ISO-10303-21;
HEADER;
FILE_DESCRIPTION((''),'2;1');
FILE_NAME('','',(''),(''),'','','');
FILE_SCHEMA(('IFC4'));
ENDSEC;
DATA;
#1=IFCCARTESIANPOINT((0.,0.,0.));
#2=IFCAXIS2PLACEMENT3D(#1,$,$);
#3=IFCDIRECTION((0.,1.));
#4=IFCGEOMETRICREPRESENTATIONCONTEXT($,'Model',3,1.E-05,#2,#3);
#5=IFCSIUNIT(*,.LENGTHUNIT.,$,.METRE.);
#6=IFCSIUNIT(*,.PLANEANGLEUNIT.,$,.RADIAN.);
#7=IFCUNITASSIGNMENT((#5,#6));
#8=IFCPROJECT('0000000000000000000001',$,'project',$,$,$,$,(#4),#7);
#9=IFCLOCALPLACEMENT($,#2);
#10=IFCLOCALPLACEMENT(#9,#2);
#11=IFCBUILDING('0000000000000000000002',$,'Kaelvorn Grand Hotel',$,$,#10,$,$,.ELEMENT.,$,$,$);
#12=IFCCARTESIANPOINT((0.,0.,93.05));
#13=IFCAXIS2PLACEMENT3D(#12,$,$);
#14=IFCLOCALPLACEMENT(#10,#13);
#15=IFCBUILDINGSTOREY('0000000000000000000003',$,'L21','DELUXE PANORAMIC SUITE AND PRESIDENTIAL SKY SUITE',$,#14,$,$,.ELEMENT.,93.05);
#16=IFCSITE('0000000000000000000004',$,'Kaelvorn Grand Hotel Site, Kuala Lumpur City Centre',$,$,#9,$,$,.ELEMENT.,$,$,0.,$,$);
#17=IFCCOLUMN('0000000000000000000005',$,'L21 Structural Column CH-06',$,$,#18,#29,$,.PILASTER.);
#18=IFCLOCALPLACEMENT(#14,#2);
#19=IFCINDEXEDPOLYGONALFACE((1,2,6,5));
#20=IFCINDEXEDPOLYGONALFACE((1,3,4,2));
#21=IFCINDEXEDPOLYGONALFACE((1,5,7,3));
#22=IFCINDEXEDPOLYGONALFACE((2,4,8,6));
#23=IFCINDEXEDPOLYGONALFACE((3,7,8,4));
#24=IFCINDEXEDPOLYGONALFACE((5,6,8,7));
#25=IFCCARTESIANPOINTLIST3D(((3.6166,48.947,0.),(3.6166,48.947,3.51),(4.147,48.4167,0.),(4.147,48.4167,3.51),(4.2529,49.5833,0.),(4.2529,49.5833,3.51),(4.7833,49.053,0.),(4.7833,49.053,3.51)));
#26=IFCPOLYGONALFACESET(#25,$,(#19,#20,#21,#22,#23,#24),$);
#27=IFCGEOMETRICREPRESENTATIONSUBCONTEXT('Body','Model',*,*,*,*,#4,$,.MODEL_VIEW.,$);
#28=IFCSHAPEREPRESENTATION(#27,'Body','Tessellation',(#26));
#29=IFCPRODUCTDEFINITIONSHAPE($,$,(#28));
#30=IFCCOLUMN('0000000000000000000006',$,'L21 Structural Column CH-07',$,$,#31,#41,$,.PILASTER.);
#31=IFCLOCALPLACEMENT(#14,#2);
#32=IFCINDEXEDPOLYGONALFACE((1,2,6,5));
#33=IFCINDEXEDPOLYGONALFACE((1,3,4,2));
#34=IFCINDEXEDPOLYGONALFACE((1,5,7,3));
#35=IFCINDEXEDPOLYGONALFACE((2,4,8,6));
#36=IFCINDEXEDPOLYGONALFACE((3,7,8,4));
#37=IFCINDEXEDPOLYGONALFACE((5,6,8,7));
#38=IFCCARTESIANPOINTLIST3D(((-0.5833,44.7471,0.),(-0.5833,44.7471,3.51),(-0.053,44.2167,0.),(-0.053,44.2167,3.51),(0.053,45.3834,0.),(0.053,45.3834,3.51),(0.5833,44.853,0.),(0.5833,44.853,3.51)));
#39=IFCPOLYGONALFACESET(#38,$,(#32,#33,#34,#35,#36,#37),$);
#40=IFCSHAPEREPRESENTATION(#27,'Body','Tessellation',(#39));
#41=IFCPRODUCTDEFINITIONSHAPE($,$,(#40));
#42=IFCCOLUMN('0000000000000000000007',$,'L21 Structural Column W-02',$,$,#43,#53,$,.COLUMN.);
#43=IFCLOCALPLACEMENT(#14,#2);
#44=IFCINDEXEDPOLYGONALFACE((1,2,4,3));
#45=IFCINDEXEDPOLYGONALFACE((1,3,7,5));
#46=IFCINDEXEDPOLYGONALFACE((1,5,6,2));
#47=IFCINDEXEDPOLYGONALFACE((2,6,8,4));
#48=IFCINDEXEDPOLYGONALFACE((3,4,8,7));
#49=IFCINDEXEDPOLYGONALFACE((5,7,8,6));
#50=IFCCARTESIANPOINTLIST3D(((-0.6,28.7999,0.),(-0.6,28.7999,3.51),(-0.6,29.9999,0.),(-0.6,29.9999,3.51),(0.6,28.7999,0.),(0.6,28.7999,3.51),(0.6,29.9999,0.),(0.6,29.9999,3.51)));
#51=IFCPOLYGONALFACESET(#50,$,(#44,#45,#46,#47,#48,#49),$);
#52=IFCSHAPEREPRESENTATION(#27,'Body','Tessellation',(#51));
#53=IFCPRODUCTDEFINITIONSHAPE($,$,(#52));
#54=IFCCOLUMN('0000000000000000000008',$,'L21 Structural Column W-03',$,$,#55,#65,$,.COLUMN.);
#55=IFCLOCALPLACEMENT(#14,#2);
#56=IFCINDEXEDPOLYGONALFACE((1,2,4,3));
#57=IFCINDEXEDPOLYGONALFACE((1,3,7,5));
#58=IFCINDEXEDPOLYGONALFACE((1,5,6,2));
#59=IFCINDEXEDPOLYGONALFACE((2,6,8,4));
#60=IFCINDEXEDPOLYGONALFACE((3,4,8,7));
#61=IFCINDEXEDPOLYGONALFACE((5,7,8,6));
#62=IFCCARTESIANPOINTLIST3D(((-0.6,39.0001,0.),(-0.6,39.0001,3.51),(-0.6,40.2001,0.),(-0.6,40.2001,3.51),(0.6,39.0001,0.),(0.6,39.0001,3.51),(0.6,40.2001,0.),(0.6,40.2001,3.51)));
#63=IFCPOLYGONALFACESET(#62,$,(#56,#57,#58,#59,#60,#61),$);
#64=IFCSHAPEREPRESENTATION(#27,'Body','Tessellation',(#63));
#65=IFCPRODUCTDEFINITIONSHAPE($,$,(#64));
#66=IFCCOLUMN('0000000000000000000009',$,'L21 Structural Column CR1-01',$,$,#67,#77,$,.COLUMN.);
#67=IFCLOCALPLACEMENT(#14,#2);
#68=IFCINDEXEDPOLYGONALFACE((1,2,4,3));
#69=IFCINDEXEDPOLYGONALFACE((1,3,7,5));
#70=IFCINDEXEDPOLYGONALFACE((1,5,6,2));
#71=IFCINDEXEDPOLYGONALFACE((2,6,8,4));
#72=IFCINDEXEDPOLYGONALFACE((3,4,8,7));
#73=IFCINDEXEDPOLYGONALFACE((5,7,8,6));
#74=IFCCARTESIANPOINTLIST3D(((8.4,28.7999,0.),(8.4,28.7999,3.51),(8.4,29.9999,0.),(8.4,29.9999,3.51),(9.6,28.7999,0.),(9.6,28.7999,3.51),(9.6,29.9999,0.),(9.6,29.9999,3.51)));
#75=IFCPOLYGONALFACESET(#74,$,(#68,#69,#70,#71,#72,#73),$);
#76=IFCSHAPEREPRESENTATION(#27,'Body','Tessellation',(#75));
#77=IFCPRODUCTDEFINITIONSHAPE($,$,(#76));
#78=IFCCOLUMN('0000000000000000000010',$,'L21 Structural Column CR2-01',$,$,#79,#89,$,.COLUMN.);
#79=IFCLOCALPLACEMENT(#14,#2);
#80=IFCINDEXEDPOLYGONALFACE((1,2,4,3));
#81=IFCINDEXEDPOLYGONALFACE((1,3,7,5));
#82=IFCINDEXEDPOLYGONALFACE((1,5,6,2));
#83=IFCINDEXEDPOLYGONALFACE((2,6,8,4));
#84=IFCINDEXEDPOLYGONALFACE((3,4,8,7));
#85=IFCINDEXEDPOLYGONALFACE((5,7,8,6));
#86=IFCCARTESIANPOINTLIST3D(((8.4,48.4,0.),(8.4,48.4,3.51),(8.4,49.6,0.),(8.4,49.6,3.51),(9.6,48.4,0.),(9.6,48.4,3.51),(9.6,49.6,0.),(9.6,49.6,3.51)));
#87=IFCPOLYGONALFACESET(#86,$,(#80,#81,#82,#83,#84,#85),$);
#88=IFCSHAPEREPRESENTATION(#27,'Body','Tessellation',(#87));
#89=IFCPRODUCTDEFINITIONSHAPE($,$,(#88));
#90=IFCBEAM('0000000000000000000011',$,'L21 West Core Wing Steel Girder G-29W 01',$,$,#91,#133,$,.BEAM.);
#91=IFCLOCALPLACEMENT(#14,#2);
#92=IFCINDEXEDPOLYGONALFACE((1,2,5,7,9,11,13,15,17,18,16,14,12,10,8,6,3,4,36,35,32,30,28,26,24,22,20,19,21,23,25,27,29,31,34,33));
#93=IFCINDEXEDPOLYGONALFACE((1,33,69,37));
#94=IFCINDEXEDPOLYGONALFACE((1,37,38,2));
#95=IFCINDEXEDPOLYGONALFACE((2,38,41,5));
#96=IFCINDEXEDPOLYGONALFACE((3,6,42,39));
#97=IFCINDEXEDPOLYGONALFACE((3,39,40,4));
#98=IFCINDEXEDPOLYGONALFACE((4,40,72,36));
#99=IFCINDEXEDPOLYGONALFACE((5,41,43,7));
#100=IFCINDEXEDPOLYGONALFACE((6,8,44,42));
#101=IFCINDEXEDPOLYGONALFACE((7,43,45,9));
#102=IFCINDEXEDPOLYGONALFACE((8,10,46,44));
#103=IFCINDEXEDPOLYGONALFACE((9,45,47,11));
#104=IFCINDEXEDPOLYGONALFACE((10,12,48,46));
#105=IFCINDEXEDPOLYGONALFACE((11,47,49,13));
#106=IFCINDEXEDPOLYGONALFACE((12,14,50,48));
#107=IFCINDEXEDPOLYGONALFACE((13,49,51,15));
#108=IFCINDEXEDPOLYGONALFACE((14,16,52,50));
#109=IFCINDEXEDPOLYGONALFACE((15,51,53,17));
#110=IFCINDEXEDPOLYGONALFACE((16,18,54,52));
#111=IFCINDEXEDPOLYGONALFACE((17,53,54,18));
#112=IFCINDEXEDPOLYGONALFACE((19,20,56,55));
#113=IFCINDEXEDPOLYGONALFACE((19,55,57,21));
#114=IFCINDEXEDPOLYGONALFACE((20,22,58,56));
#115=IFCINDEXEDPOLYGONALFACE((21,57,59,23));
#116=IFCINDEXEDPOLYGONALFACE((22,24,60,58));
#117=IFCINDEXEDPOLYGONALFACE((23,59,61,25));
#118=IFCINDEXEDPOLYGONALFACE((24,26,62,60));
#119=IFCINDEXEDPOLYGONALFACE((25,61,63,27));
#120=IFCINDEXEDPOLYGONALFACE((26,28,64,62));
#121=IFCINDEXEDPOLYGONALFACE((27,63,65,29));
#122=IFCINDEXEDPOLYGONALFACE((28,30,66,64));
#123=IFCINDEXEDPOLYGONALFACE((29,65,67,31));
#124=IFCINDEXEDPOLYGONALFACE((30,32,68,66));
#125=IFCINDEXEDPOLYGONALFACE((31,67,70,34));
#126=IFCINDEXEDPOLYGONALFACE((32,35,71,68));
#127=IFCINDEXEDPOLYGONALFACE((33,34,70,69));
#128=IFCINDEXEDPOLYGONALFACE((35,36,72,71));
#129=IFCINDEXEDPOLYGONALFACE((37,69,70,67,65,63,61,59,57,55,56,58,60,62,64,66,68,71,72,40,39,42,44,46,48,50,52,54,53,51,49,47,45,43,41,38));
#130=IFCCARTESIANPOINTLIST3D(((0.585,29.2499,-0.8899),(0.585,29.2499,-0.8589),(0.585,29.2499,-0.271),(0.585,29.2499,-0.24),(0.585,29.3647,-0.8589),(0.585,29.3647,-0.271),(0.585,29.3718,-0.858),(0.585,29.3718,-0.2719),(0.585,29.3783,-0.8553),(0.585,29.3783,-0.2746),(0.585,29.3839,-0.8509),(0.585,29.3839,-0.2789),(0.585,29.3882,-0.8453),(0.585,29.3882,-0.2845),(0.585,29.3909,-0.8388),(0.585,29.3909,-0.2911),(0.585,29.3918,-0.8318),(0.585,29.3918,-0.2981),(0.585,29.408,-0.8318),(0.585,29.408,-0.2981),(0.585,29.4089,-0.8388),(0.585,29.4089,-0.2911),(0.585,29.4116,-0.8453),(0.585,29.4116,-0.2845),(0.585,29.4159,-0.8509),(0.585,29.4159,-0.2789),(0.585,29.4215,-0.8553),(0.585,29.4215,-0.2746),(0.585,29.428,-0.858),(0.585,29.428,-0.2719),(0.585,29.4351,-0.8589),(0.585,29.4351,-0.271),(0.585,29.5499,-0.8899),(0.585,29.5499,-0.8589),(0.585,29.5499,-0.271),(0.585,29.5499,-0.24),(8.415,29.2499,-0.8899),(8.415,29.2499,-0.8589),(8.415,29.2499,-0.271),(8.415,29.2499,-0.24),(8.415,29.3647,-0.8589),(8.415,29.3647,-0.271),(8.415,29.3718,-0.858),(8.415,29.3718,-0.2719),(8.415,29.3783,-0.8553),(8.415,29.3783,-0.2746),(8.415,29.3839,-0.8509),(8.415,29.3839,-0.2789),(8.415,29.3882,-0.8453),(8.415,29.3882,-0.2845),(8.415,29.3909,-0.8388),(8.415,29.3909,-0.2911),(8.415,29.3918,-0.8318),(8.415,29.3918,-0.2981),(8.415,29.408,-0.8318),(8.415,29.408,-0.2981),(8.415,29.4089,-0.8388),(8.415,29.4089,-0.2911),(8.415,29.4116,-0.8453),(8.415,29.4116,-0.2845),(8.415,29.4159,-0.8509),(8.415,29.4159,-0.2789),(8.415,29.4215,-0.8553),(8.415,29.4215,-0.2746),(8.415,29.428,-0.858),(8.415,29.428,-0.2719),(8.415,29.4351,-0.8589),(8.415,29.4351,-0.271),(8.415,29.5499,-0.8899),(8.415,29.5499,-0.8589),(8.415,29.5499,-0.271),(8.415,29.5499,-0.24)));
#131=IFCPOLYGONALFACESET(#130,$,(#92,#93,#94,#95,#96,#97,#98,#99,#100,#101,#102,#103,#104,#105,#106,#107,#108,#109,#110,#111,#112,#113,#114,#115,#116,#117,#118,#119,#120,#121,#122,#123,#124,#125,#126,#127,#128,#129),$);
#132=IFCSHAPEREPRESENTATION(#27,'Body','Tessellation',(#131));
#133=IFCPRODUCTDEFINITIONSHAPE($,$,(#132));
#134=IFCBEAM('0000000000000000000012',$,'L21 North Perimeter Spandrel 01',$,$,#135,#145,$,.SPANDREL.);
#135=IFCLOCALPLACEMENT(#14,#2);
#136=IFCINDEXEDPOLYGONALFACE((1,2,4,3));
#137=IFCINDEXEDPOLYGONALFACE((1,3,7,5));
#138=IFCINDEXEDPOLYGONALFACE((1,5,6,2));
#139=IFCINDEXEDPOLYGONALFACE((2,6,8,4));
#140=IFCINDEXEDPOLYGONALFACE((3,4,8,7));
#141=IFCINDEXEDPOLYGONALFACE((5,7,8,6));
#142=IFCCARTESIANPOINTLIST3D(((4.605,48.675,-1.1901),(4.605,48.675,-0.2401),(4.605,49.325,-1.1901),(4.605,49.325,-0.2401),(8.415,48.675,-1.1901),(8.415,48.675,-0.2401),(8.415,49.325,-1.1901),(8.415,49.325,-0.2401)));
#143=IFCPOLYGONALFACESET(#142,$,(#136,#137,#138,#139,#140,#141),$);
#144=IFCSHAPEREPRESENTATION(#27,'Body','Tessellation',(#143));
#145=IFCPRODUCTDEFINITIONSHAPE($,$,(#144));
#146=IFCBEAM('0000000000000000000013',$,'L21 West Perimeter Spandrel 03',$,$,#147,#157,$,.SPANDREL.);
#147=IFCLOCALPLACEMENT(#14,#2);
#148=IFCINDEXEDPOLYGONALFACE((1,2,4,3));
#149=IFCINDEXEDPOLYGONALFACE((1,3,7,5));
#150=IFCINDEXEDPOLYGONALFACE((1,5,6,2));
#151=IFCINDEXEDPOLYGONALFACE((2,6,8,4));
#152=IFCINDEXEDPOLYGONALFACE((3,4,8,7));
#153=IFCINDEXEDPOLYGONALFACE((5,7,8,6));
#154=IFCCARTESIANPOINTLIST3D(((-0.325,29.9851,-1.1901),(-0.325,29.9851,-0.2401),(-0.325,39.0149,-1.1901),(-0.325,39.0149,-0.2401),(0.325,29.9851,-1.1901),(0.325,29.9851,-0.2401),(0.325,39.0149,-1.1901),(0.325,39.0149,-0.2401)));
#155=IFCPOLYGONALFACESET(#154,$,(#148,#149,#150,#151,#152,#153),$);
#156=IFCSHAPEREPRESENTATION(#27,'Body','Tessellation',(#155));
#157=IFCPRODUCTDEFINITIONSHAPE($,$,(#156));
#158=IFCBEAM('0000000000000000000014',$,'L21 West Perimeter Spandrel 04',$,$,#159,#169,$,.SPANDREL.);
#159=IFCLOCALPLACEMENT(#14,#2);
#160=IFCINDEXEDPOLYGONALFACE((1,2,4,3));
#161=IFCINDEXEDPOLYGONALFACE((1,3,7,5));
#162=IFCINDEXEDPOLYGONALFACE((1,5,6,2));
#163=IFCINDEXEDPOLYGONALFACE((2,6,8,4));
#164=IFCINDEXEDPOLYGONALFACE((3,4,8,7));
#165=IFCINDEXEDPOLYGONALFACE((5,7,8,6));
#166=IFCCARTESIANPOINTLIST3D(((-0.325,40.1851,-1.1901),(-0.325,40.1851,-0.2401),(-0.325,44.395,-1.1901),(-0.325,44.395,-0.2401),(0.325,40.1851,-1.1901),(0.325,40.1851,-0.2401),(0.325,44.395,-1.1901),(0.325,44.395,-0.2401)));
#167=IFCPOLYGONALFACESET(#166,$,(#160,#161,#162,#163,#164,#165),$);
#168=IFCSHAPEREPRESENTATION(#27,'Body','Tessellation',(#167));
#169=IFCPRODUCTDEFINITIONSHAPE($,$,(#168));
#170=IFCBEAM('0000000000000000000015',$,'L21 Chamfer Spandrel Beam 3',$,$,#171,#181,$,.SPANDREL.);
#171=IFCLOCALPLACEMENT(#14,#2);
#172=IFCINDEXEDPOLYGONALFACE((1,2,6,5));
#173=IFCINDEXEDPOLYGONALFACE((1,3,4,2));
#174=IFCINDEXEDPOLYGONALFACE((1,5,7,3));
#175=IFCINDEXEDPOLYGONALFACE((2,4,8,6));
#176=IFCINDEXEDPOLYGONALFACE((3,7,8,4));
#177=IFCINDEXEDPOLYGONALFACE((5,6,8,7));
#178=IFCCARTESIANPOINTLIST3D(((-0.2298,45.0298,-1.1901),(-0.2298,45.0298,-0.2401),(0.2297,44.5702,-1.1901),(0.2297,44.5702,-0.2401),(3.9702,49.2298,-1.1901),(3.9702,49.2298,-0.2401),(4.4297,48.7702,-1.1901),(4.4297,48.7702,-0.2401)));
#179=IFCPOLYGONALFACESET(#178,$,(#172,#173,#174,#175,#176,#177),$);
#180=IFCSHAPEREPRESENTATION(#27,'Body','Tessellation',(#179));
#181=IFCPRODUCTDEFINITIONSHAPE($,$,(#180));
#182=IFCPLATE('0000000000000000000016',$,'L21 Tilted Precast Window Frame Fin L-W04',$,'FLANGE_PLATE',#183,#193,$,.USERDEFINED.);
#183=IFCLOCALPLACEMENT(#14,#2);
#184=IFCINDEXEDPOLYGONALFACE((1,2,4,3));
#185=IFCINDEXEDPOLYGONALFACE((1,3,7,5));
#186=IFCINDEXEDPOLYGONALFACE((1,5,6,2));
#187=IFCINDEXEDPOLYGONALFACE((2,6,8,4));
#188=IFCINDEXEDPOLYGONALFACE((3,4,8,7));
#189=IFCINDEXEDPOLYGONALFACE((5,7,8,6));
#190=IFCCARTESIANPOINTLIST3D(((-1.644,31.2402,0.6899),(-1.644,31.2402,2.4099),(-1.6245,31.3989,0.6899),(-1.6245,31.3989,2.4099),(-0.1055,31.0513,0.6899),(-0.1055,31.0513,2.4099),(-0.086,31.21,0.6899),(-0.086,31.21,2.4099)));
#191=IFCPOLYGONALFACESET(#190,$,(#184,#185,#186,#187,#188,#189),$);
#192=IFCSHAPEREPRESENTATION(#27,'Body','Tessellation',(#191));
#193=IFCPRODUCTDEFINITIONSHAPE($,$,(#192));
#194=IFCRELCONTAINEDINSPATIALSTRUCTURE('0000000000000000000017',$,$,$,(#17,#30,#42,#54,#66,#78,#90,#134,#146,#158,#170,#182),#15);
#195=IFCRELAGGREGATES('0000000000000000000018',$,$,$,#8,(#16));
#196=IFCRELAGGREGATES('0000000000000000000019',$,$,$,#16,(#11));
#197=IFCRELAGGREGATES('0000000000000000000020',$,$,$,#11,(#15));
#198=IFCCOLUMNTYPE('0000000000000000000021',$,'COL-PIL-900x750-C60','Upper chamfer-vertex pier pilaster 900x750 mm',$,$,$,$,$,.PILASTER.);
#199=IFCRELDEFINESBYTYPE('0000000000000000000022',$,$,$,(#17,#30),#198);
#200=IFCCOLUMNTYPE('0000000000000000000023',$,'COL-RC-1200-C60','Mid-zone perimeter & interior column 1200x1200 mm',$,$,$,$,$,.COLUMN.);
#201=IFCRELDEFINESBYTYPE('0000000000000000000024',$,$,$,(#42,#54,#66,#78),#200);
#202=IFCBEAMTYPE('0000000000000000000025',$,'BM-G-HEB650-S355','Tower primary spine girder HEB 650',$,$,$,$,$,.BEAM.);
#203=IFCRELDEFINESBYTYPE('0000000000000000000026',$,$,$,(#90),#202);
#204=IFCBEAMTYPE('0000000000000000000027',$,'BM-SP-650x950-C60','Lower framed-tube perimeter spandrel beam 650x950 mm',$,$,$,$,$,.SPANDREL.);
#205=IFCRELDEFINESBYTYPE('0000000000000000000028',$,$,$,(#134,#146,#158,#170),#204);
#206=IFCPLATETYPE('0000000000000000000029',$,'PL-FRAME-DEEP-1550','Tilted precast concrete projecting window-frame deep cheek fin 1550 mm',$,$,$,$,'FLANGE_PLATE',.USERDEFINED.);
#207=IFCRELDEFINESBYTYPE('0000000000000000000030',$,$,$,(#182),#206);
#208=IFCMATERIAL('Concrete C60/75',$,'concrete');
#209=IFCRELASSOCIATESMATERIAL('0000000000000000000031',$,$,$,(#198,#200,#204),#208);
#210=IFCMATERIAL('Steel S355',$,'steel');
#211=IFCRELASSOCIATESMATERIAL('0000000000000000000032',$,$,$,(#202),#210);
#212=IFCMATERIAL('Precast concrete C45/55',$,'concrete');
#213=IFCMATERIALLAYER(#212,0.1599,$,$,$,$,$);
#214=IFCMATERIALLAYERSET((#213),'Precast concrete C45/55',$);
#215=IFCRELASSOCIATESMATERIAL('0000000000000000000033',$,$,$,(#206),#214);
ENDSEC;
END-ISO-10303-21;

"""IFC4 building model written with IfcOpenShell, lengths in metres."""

from ifc_helpers import new_model, si_unit, direction, frame, origin, origin_2d, place, context, subcontext, project, spatial, rectangle, i_section, extrude, material, layer, layer_set, material_profile, profile_set, type_object, element, save


model = new_model("IFC4")

# Units and contexts
model_context = context("Model", 3, precision=1e-05, world=origin(), true_north=direction((0.0, 1.0)))
body_context = subcontext(model_context, "Body", "Model", "MODEL_VIEW")
ifc_project = project(units=[si_unit("LENGTHUNIT", "METRE"), si_unit("PLANEANGLEUNIT", "RADIAN")], contexts=[model_context])

# Site, building, storey
site_placement = place(None, origin())
site = spatial("IfcSite", under=ifc_project, at=site_placement, Name="Kaelvorn Grand Hotel Site, Kuala Lumpur City Centre", CompositionType="ELEMENT", RefElevation=0.0)
building_placement = place(site_placement, origin())
building = spatial("IfcBuilding", under=site, at=building_placement, Name="Kaelvorn Grand Hotel", CompositionType="ELEMENT")
storey_placement = place(building_placement, frame((0.0, 0.0, 93.05)))
storey = spatial("IfcBuildingStorey", under=building, at=storey_placement, Name="L21", Description="DELUXE PANORAMIC SUITE AND PRESIDENTIAL SKY SUITE", CompositionType="ELEMENT", Elevation=93.05)

# Columns
ifc_material_1 = material(Name="Concrete C60/75", Category="concrete")
ifc_material_profile_1 = material_profile(ifc_material_1, rectangle(XDim=0.8999, YDim=0.75, at=origin_2d()), Name="RC PILASTER 900x750")
ifc_profile_set_1 = profile_set([ifc_material_profile_1], Name="Concrete C60/75")
column_type_1 = type_object("IfcColumnType", Name="COL-PIL-900x750-C60", Description="Upper chamfer-vertex pier pilaster 900x750 mm", PredefinedType="PILASTER", material=ifc_profile_set_1)
for number, where, z_axis, x_axis, name in (
    (1, (4.2, 49.0, 0.0), (0.0, 0.0, 1.0), (0.707107, 0.707107, 0.0), "L21 Structural Column CH-06"),
    (2, (0.0, 44.8, 0.0), (0.0, 0.0, 1.0), (0.707107, 0.707107, 0.0), "L21 Structural Column CH-07"),
):
    element("IfcColumn", number, at=place(storey_placement, frame(where, z_axis=z_axis, x_axis=x_axis)), inside=storey, type_object=column_type_1, Name=name, PredefinedType="PILASTER", context=body_context, shape_type="SweptSolid", body=[
        extrude(rectangle(XDim=0.8999, YDim=0.75, at=origin_2d()), origin(), (0.0, 0.0, 1.0), 3.51),
    ])
ifc_material_profile_2 = material_profile(ifc_material_1, rectangle(XDim=1.2, YDim=1.2, at=origin_2d()), Name="RC COL 1200x1200")
ifc_profile_set_2 = profile_set([ifc_material_profile_2], Name="Concrete C60/75")
column_type_2 = type_object("IfcColumnType", Name="COL-RC-1200-C60", Description="Mid-zone perimeter & interior column 1200x1200 mm", PredefinedType="COLUMN", material=ifc_profile_set_2)
for number, where, z_axis, x_axis, name in (
    (3, (0.0, 29.3999, 0.0), (0.0, 0.0, 1.0), (1.0, 0.0, 0.0), "L21 Structural Column W-02"),
    (4, (0.0, 39.6001, 0.0), (0.0, 0.0, 1.0), (1.0, 0.0, 0.0), "L21 Structural Column W-03"),
    (5, (9.0, 29.3999, 0.0), (0.0, 0.0, 1.0), (1.0, 0.0, 0.0), "L21 Structural Column CR1-01"),
    (6, (9.0, 49.0, 0.0), (0.0, 0.0, 1.0), (1.0, 0.0, 0.0), "L21 Structural Column CR2-01"),
):
    element("IfcColumn", number, at=place(storey_placement, frame(where, z_axis=z_axis, x_axis=x_axis)), inside=storey, type_object=column_type_2, Name=name, PredefinedType="COLUMN", context=body_context, shape_type="SweptSolid", body=[
        extrude(rectangle(XDim=1.2, YDim=1.2, at=origin_2d()), origin(), (0.0, 0.0, 1.0), 3.51),
    ])

# Beams
ifc_material_2 = material(Name="Steel S355", Category="steel")
ifc_material_profile_3 = material_profile(ifc_material_2, i_section(OverallWidth=0.3, OverallDepth=0.6499, WebThickness=0.0161, FlangeThickness=0.031, FilletRadius=0.0271, at=origin_2d()), Name="HEB 650")
ifc_profile_set_3 = profile_set([ifc_material_profile_3], Name="Steel S355")
beam_type_1 = type_object("IfcBeamType", Name="BM-G-HEB650-S355", Description="Tower primary spine girder HEB 650", PredefinedType="BEAM", material=ifc_profile_set_3)
beam_1_placement = place(storey_placement, frame((0.585, 29.3999, -0.5649), z_axis=(1.0, 0.0, 0.0), x_axis=(0.0, 1.0, 0.0)))
element("IfcBeam", 7, at=beam_1_placement, inside=storey, type_object=beam_type_1, Name="L21 West Core Wing Steel Girder G-29W 01", PredefinedType="BEAM", context=body_context, shape_type="SweptSolid", body=[
    extrude(i_section(OverallWidth=0.3, OverallDepth=0.6499, WebThickness=0.0161, FlangeThickness=0.031, FilletRadius=0.0271, at=origin_2d()), origin(), (0.0, 0.0, 1.0), 7.8301),
])
ifc_material_profile_4 = material_profile(ifc_material_1, rectangle(XDim=0.6499, YDim=0.95, at=origin_2d()), Name="RC SPANDREL 650x950")
ifc_profile_set_4 = profile_set([ifc_material_profile_4], Name="Concrete C60/75")
beam_type_2 = type_object("IfcBeamType", Name="BM-SP-650x950-C60", Description="Lower framed-tube perimeter spandrel beam 650x950 mm", PredefinedType="SPANDREL", material=ifc_profile_set_4)
beam_2_placement = place(storey_placement, frame((4.605, 49.0, -0.7151), z_axis=(1.0, 0.0, 0.0), x_axis=(0.0, 1.0, 0.0)))
element("IfcBeam", 8, at=beam_2_placement, inside=storey, type_object=beam_type_2, Name="L21 North Perimeter Spandrel 01", PredefinedType="SPANDREL", context=body_context, shape_type="SweptSolid", body=[
    extrude(rectangle(XDim=0.6499, YDim=0.95, at=origin_2d()), origin(), (0.0, 0.0, 1.0), 3.8101),
])
beam_3_placement = place(storey_placement, frame((0.0, 29.9851, -0.7151), z_axis=(0.0, 1.0, 0.0), x_axis=(-1.0, 0.0, 0.0)))
element("IfcBeam", 9, at=beam_3_placement, inside=storey, type_object=beam_type_2, Name="L21 West Perimeter Spandrel 03", PredefinedType="SPANDREL", context=body_context, shape_type="SweptSolid", body=[
    extrude(rectangle(XDim=0.6499, YDim=0.95, at=origin_2d()), origin(), (0.0, 0.0, 1.0), 9.0298),
])
beam_4_placement = place(storey_placement, frame((0.0, 40.1851, -0.7151), z_axis=(0.0, 1.0, 0.0), x_axis=(-1.0, 0.0, 0.0)))
element("IfcBeam", 10, at=beam_4_placement, inside=storey, type_object=beam_type_2, Name="L21 West Perimeter Spandrel 04", PredefinedType="SPANDREL", context=body_context, shape_type="SweptSolid", body=[
    extrude(rectangle(XDim=0.6499, YDim=0.95, at=origin_2d()), origin(), (0.0, 0.0, 1.0), 4.21),
])
beam_5_placement = place(storey_placement, frame((4.2, 49.0, -0.7151), z_axis=(-0.707107, -0.707107, 0.0), x_axis=(0.707107, -0.707107, 0.0)))
element("IfcBeam", 11, at=beam_5_placement, inside=storey, type_object=beam_type_2, Name="L21 Chamfer Spandrel Beam 3", PredefinedType="SPANDREL", context=body_context, shape_type="SweptSolid", body=[
    extrude(rectangle(XDim=0.6499, YDim=0.95, at=origin_2d()), origin(), (0.0, 0.0, 1.0), 5.9397),
])

# Plate
ifc_material_3 = material(Name="Precast concrete C45/55", Category="concrete")
ifc_layer_1 = layer(ifc_material_3, 0.1599)
ifc_layer_set_1 = layer_set([ifc_layer_1], Name="Precast concrete C45/55")
plate_type_1 = type_object("IfcPlateType", Name="PL-FRAME-DEEP-1550", Description="Tilted precast concrete projecting window-frame deep cheek fin 1550 mm", ElementType="FLANGE_PLATE", PredefinedType="USERDEFINED", material=ifc_layer_set_1)
for number, where, z_axis, x_axis, name in (
    (12, (-0.865, 31.2251, 0.6899), (0.0, 0.0, 1.0), (0.121869, 0.992546, 0.0), "L21 Tilted Precast Window Frame Fin L-W04"),
):
    element("IfcPlate", number, at=place(storey_placement, frame(where, z_axis=z_axis, x_axis=x_axis)), inside=storey, type_object=plate_type_1, Name=name, ObjectType="FLANGE_PLATE", PredefinedType="USERDEFINED", context=body_context, shape_type="SweptSolid", body=[
        extrude(rectangle(XDim=0.1599, YDim=1.55, at=origin_2d()), origin(), (0.0, 0.0, 1.0), 1.72),
    ])

save(model, "model.ifc")
